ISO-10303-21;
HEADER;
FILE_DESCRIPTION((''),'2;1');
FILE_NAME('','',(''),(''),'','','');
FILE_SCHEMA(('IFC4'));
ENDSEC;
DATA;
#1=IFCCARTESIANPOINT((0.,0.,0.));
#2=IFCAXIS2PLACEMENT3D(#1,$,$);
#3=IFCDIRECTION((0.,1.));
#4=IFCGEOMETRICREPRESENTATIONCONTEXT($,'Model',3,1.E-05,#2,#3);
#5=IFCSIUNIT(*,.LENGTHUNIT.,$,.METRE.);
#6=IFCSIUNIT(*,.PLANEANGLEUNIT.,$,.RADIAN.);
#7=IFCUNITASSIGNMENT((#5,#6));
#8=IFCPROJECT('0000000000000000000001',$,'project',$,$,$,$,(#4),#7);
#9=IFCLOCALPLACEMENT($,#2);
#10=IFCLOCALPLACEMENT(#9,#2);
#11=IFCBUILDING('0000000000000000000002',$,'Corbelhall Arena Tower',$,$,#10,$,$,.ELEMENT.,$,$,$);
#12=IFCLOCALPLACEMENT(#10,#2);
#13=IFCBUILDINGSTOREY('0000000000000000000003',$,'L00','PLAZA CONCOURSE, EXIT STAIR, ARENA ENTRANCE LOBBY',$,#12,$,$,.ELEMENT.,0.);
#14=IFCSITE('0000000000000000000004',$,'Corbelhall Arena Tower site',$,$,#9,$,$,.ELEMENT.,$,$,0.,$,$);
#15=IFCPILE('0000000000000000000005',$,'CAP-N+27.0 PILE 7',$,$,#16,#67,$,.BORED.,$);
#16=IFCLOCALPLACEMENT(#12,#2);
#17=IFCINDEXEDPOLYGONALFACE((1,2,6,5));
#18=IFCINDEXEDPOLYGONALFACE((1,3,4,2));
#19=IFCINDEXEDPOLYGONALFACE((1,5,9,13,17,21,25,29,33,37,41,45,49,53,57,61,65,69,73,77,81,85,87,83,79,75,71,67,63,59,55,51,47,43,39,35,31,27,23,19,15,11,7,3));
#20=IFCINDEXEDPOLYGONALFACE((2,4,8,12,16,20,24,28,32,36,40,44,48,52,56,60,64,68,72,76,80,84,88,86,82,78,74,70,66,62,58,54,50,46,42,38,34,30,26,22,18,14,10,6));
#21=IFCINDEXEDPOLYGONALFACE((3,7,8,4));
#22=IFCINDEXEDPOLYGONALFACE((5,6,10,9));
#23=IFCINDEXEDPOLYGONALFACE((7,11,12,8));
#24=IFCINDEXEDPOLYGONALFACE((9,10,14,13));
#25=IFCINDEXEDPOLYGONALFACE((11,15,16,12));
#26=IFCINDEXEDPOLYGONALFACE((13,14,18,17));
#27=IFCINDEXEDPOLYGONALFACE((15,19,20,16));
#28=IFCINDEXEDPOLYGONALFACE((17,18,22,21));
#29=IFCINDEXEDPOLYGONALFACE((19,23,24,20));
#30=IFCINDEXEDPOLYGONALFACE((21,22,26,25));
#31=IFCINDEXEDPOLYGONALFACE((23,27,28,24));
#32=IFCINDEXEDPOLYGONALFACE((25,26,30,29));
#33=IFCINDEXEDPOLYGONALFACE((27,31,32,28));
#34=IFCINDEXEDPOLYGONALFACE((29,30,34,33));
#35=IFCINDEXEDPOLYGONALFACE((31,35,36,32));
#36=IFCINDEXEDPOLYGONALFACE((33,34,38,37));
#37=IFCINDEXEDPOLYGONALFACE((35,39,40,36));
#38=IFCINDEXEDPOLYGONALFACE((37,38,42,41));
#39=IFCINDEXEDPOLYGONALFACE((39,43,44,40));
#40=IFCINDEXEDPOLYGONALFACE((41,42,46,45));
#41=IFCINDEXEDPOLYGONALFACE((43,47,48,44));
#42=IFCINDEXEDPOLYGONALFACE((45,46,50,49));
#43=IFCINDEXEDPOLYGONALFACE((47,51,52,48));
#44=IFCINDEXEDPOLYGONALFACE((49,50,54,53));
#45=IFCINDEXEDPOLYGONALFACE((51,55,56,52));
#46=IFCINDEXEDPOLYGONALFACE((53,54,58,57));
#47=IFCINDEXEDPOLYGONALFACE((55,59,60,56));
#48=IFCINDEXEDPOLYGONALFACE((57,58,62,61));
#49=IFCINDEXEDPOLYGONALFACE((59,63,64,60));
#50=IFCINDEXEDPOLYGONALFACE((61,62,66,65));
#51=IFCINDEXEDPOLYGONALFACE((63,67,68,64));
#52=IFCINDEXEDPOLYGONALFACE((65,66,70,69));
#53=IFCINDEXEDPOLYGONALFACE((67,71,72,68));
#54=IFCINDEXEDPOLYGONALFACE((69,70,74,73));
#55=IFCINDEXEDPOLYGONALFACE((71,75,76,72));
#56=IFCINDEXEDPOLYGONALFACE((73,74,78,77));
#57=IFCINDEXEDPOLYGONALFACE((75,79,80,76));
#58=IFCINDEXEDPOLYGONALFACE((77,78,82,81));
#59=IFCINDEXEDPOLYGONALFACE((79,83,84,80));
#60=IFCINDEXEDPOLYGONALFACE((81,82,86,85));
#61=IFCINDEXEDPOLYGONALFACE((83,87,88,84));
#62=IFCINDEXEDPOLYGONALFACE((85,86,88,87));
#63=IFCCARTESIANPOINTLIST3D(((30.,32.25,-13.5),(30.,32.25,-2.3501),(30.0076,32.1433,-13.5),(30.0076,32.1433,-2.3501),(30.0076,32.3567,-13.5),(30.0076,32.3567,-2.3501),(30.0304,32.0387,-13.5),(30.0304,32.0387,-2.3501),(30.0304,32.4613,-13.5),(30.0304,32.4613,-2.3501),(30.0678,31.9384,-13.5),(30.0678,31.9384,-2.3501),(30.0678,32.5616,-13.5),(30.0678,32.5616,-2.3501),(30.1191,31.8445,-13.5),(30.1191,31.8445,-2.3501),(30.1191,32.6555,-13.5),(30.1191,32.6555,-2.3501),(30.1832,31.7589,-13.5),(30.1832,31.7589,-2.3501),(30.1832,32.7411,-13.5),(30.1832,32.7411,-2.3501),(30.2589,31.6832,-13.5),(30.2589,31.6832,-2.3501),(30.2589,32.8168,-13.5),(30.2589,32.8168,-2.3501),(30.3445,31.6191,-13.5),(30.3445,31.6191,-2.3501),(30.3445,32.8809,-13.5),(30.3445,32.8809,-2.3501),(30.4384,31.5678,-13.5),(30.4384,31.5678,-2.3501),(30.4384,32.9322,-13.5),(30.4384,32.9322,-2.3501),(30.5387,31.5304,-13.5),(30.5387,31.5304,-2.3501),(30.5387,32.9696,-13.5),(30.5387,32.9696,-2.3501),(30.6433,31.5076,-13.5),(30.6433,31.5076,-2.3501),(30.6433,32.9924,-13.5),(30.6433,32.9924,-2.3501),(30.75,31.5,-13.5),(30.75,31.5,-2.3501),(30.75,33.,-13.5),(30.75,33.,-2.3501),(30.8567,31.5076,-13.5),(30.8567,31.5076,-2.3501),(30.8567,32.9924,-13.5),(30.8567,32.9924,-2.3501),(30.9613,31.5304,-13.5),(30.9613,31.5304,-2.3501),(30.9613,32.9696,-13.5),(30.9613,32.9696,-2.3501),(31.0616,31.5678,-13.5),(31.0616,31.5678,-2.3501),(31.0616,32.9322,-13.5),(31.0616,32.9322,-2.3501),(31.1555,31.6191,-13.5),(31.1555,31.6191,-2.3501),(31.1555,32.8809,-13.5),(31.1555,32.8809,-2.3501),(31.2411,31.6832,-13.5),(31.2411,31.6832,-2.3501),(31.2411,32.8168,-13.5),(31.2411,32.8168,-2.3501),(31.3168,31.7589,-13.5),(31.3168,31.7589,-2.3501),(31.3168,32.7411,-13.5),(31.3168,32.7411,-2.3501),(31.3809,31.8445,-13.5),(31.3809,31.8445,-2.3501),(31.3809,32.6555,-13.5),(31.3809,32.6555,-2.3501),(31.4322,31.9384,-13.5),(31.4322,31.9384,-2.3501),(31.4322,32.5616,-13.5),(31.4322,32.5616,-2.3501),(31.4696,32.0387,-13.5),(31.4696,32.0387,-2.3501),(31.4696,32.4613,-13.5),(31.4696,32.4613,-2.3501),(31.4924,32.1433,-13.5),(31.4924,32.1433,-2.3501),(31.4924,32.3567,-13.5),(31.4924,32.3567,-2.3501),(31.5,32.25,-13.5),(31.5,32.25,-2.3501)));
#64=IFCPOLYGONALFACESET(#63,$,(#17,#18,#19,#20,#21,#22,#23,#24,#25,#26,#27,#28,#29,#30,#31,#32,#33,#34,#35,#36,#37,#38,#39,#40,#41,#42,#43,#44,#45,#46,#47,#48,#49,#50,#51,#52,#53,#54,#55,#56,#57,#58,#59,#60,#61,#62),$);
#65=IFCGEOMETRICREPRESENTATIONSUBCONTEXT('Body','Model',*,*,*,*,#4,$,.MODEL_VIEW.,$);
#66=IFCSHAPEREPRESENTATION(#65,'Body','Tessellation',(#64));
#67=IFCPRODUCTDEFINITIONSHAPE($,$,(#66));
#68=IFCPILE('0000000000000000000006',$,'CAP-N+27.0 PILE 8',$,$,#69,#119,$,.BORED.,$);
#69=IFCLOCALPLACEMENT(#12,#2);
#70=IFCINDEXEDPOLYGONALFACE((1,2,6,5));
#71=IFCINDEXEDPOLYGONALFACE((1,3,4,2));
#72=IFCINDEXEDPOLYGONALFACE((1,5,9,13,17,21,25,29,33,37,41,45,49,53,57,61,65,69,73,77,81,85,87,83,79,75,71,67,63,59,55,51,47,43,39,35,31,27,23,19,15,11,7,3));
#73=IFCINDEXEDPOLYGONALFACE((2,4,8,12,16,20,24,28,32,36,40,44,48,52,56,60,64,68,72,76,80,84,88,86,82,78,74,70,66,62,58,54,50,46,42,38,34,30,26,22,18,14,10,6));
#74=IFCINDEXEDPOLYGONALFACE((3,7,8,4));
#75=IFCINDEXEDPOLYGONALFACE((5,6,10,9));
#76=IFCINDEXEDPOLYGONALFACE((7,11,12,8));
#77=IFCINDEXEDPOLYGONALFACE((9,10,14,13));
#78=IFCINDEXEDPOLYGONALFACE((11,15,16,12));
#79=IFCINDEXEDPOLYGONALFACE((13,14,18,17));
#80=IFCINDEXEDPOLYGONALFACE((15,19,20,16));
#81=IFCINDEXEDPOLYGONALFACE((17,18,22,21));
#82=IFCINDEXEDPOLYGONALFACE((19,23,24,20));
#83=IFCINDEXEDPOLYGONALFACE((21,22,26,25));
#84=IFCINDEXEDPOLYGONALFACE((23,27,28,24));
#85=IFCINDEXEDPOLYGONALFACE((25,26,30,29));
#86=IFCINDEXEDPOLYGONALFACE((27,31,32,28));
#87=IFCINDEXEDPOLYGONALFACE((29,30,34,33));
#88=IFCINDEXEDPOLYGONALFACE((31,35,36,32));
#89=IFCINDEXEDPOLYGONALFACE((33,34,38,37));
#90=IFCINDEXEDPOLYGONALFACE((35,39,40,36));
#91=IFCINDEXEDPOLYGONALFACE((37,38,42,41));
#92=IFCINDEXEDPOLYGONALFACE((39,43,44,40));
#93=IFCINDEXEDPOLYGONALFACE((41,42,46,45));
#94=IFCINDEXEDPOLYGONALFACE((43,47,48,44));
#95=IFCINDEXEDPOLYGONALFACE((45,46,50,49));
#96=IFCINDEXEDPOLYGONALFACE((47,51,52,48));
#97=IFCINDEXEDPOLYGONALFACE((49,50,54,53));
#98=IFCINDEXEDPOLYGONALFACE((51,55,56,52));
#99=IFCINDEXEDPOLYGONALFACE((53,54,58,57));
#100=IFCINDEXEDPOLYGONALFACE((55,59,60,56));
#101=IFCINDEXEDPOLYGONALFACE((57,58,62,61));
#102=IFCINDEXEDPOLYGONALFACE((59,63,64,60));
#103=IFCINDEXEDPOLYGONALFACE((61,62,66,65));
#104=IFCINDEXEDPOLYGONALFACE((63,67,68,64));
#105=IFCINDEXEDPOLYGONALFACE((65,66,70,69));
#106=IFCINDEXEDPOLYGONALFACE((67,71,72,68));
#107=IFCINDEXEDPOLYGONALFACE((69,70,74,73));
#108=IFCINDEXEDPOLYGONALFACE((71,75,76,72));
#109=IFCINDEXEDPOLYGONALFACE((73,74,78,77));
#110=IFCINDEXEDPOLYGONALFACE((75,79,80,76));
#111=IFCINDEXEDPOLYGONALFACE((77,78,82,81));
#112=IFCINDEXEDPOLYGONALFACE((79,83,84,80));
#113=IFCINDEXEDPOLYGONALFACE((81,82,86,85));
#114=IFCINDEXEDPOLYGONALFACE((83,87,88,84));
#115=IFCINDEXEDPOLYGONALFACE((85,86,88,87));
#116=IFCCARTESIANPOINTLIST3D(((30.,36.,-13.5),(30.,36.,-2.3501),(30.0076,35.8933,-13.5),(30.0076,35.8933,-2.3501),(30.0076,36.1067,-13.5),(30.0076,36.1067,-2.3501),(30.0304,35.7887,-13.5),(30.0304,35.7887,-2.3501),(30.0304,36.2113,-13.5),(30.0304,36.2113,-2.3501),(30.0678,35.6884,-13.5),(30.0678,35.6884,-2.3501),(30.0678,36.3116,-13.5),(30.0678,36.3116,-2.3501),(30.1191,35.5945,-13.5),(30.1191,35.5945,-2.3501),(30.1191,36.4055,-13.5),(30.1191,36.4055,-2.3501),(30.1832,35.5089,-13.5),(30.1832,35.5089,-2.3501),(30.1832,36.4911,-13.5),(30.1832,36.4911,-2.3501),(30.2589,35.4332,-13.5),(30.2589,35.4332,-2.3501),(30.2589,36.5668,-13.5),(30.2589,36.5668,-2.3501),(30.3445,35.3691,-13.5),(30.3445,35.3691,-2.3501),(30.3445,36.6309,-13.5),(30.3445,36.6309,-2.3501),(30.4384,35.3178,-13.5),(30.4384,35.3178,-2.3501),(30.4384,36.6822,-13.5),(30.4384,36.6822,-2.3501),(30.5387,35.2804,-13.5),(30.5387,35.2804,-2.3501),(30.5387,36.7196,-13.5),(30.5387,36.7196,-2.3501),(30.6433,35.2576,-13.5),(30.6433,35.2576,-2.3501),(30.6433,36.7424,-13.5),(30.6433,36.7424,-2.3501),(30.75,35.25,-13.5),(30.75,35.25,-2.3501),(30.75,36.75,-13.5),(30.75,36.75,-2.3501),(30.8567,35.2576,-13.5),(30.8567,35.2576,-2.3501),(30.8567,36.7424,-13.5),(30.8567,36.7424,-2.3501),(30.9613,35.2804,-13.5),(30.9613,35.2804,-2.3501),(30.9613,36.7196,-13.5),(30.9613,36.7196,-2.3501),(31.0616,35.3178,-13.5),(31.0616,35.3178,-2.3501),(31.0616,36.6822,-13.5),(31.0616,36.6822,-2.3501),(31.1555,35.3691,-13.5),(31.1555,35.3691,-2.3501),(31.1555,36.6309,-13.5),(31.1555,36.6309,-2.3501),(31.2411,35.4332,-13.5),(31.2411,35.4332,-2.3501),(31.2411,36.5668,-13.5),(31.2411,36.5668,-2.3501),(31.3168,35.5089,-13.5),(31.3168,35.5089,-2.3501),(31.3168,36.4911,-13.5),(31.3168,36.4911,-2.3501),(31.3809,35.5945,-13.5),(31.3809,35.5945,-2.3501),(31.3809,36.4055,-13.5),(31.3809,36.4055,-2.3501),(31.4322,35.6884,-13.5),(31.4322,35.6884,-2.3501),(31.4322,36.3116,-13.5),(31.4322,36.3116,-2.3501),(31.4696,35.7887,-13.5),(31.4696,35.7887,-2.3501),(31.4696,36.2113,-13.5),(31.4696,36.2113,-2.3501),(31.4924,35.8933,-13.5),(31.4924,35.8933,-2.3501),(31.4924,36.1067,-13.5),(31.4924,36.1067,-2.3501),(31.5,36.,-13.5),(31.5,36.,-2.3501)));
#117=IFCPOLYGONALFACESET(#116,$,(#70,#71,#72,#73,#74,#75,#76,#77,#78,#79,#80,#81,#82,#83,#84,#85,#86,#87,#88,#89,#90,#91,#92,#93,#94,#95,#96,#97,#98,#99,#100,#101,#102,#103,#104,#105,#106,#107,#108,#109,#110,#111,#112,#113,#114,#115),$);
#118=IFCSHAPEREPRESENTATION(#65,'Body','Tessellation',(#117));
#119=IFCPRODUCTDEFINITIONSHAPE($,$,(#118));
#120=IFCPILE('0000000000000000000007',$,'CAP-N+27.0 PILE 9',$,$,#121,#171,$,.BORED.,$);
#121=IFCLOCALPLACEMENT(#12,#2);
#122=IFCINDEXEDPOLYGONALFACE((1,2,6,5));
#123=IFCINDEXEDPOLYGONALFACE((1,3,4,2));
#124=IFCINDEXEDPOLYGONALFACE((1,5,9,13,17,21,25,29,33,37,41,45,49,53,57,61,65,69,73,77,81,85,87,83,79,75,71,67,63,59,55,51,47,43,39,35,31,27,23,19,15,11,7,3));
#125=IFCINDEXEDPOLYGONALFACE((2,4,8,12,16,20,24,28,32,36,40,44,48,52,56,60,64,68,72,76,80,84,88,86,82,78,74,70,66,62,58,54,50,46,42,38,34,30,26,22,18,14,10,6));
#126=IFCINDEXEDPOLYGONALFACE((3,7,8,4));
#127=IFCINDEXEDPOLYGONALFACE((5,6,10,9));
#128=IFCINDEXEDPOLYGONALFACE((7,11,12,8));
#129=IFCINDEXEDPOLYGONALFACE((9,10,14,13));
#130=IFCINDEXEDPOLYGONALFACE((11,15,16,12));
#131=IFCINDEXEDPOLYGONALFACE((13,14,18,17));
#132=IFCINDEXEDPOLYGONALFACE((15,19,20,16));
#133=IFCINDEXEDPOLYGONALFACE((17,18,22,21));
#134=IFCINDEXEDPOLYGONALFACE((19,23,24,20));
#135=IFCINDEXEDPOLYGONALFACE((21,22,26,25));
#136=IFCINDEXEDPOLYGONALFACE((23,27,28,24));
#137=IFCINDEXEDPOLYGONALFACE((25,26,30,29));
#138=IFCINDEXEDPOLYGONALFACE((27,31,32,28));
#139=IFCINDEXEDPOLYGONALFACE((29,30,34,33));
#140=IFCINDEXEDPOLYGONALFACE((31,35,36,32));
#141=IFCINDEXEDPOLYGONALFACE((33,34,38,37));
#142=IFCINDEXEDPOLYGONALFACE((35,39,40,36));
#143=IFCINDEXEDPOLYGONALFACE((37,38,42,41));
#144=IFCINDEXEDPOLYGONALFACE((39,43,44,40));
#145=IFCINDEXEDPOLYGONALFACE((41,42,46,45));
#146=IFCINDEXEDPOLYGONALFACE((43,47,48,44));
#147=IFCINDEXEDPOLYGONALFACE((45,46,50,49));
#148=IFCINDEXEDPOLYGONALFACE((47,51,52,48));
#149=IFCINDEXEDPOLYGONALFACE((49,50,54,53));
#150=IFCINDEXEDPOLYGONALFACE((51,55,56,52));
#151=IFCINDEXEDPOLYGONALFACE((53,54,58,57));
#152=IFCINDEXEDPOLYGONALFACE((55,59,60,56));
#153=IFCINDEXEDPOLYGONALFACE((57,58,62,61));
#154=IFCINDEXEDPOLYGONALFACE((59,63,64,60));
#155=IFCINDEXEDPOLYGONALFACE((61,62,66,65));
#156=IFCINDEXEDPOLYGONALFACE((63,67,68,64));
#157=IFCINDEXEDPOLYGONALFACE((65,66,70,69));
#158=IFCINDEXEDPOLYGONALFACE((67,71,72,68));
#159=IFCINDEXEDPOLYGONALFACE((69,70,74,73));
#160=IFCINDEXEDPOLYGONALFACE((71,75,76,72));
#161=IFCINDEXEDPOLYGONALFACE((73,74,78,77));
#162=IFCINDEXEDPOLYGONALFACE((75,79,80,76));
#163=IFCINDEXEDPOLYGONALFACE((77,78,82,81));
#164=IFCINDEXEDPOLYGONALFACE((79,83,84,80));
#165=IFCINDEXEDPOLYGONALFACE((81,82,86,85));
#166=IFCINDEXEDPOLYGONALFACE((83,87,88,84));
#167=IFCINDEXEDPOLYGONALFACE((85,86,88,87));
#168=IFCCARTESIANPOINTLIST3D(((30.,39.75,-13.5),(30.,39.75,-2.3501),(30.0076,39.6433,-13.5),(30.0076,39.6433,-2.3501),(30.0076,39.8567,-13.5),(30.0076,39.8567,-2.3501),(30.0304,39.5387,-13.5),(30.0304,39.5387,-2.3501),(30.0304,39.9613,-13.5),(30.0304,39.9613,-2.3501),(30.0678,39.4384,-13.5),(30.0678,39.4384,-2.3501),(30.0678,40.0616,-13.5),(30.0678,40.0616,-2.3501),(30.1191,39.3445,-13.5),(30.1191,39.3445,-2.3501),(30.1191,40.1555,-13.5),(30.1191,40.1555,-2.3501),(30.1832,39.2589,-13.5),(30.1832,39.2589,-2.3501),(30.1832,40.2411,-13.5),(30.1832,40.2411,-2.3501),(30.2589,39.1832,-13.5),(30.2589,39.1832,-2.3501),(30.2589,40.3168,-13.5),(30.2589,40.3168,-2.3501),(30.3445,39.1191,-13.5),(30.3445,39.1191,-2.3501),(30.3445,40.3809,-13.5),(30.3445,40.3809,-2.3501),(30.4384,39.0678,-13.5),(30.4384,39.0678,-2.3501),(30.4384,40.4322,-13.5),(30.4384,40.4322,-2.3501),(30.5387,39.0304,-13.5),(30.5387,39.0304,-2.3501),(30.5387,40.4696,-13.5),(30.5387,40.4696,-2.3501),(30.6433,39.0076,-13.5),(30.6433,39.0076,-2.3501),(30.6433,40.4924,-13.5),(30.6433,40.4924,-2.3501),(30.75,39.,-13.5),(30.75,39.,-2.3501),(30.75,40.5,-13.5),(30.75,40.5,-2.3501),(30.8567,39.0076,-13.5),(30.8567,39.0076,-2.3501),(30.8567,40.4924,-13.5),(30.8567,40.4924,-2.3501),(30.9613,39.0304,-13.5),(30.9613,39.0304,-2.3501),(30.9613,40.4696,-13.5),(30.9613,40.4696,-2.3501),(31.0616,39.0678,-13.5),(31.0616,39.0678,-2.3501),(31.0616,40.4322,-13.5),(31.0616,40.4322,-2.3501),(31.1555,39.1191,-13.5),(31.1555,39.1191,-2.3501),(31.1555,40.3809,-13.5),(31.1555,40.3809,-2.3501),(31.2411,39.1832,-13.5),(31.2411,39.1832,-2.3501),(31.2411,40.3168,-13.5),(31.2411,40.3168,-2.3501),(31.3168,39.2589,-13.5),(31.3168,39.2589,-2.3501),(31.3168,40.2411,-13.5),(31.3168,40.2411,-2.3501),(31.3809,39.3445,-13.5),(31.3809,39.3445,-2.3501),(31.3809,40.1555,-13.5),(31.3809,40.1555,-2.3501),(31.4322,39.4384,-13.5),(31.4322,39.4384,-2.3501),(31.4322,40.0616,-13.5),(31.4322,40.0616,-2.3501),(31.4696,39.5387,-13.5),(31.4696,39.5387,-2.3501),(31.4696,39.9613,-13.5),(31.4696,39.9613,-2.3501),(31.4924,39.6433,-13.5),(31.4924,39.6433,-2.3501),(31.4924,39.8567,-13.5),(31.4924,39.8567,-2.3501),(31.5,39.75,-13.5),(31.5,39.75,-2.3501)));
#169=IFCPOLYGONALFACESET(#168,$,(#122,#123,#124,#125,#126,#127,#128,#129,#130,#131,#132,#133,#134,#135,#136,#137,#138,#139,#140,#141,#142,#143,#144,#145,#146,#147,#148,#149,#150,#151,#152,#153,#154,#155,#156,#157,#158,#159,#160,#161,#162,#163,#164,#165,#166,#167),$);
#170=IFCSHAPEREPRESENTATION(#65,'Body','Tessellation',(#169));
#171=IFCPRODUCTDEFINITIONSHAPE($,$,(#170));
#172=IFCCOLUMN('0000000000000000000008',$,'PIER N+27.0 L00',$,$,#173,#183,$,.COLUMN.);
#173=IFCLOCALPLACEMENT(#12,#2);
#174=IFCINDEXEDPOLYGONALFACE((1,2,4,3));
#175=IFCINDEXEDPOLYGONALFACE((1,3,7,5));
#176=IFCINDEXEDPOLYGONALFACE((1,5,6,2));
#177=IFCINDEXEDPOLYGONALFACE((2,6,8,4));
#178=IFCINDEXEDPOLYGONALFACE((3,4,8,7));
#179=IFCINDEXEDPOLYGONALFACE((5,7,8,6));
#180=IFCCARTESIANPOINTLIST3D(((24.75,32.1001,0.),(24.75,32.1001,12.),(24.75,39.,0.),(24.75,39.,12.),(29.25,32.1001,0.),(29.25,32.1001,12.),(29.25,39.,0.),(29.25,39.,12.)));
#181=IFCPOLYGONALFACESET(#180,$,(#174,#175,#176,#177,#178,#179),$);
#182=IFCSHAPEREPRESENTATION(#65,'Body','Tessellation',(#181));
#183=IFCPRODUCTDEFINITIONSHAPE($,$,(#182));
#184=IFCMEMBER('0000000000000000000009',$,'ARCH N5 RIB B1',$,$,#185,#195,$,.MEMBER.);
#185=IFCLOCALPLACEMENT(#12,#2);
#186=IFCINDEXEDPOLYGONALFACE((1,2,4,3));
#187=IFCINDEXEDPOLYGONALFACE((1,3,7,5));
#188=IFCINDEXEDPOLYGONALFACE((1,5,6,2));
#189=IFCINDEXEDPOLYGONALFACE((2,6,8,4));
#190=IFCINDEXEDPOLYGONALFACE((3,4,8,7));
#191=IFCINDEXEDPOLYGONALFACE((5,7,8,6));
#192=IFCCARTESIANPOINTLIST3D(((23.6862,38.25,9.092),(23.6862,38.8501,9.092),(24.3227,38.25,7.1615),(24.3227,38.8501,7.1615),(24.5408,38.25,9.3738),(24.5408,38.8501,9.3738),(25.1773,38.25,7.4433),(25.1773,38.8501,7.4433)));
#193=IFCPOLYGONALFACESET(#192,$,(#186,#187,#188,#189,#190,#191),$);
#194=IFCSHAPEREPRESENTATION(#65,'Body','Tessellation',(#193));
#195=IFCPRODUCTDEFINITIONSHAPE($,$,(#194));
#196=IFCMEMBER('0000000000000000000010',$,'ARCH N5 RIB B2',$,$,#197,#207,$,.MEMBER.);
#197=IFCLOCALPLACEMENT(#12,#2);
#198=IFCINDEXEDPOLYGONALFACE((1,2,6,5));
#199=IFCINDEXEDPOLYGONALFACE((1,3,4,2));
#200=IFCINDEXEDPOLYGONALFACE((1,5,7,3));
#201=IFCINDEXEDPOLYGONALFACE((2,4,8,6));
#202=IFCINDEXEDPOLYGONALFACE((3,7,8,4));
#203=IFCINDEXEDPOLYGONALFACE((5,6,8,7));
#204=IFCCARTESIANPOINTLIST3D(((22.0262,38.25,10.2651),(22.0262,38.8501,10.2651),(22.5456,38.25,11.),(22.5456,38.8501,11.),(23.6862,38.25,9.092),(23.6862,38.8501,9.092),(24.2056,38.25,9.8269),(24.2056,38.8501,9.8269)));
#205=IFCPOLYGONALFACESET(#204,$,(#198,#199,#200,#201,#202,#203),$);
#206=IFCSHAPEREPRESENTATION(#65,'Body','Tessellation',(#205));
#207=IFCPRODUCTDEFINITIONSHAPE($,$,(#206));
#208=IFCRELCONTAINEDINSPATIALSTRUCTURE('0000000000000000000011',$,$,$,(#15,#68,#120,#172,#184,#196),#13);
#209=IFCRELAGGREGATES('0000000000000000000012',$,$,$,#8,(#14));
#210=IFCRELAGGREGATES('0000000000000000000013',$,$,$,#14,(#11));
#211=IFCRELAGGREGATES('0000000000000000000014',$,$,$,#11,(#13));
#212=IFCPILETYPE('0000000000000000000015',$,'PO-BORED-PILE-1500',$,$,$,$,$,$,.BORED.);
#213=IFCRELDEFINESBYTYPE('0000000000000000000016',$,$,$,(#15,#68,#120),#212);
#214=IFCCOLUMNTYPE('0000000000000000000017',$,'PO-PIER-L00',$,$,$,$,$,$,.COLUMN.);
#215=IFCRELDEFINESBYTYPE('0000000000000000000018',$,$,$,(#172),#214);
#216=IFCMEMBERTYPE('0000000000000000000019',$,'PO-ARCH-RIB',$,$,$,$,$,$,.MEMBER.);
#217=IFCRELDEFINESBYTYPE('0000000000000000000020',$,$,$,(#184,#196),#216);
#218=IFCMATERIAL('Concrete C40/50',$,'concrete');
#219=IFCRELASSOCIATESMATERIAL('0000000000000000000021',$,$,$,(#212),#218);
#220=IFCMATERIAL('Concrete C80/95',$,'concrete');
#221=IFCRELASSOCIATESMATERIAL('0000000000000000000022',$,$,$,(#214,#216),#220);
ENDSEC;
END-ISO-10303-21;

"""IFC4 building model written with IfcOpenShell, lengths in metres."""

from ifc_helpers import new_model, si_unit, direction, frame, origin, origin_2d, place, context, subcontext, project, spatial, rectangle, circle, extrude, material, material_profile, profile_set, type_object, element, save


model = new_model("IFC4")

# Units and contexts
model_context = context("Model", 3, precision=1e-05, world=origin(), true_north=direction((0.0, 1.0)))
body_context = subcontext(model_context, "Body", "Model", "MODEL_VIEW")
ifc_project = project(units=[si_unit("LENGTHUNIT", "METRE"), si_unit("PLANEANGLEUNIT", "RADIAN")], contexts=[model_context])

# Site, building, storey
site_placement = place(None, origin())
site = spatial("IfcSite", under=ifc_project, at=site_placement, Name="Corbelhall Arena Tower site", CompositionType="ELEMENT", RefElevation=0.0)
building_placement = place(site_placement, origin())
building = spatial("IfcBuilding", under=site, at=building_placement, Name="Corbelhall Arena Tower", CompositionType="ELEMENT")
storey_placement = place(building_placement, origin())
storey = spatial("IfcBuildingStorey", under=building, at=storey_placement, Name="L00", Description="PLAZA CONCOURSE, EXIT STAIR, ARENA ENTRANCE LOBBY", CompositionType="ELEMENT", Elevation=0.0)

# Piles
ifc_material_1 = material(Name="Concrete C40/50", Category="concrete")
ifc_material_profile_1 = material_profile(ifc_material_1, circle(Radius=0.75, at=origin_2d()))
ifc_profile_set_1 = profile_set([ifc_material_profile_1], Name="Concrete C40/50")
pile_type = type_object("IfcPileType", Name="PO-BORED-PILE-1500", PredefinedType="BORED", material=ifc_profile_set_1)
for number, where, z_axis, x_axis, name in (
    (1, (30.75, 32.25, -2.3501), (0.0, 0.0, -1.0), (1.0, 0.0, 0.0), "CAP-N+27.0 PILE 7"),
    (2, (30.75, 36.0, -2.3501), (0.0, 0.0, -1.0), (1.0, 0.0, 0.0), "CAP-N+27.0 PILE 8"),
    (3, (30.75, 39.75, -2.3501), (0.0, 0.0, -1.0), (1.0, 0.0, 0.0), "CAP-N+27.0 PILE 9"),
):
    element("IfcPile", number, at=place(storey_placement, frame(where, z_axis=z_axis, x_axis=x_axis)), inside=storey, type_object=pile_type, Name=name, PredefinedType="BORED", context=body_context, shape_type="SweptSolid", body=[
        extrude(circle(Radius=0.75, at=origin_2d()), origin(), (0.0, 0.0, 1.0), 11.1499),
    ])

# Column
ifc_material_2 = material(Name="Concrete C80/95", Category="concrete")
ifc_material_profile_2 = material_profile(ifc_material_2, rectangle(XDim=4.5, YDim=6.8999, at=origin_2d()))
ifc_profile_set_2 = profile_set([ifc_material_profile_2], Name="Concrete C80/95")
column_type = type_object("IfcColumnType", Name="PO-PIER-L00", PredefinedType="COLUMN", material=ifc_profile_set_2)
column_placement = place(storey_placement, frame((27.0, 35.55, 0.0), z_axis=(0.0, 0.0, 1.0), x_axis=(1.0, 0.0, 0.0)))
element("IfcColumn", 4, at=column_placement, inside=storey, type_object=column_type, Name="PIER N+27.0 L00", PredefinedType="COLUMN", context=body_context, shape_type="SweptSolid", body=[
    extrude(rectangle(XDim=4.5, YDim=6.8999, at=origin_2d()), origin(), (0.0, 0.0, 1.0), 12.0),
])

# Members
ifc_material_profile_3 = material_profile(ifc_material_2, rectangle(XDim=0.6001, YDim=0.8999, at=origin_2d()))
ifc_profile_set_3 = profile_set([ifc_material_profile_3], Name="Concrete C80/95")
member_type = type_object("IfcMemberType", Name="PO-ARCH-RIB", PredefinedType="MEMBER", material=ifc_profile_set_3)
for number, where, z_axis, x_axis, name in (
    (5, (24.1135, 38.55, 9.2329), (0.313127, 0.0, -0.949711), (0.0, 1.0, 0.0), "ARCH N5 RIB B1"),
    (6, (22.2859, 38.55, 10.6326), (0.816645, 0.0, -0.577141), (0.0, 1.0, 0.0), "ARCH N5 RIB B2"),
):
    element("IfcMember", number, at=place(storey_placement, frame(where, z_axis=z_axis, x_axis=x_axis)), inside=storey, type_object=member_type, Name=name, PredefinedType="MEMBER", context=body_context, shape_type="SweptSolid", body=[
        extrude(rectangle(XDim=0.6001, YDim=0.8999, at=origin_2d()), origin(), (0.0, 0.0, 1.0), 2.0327),
    ])

save(model, "model.ifc")
